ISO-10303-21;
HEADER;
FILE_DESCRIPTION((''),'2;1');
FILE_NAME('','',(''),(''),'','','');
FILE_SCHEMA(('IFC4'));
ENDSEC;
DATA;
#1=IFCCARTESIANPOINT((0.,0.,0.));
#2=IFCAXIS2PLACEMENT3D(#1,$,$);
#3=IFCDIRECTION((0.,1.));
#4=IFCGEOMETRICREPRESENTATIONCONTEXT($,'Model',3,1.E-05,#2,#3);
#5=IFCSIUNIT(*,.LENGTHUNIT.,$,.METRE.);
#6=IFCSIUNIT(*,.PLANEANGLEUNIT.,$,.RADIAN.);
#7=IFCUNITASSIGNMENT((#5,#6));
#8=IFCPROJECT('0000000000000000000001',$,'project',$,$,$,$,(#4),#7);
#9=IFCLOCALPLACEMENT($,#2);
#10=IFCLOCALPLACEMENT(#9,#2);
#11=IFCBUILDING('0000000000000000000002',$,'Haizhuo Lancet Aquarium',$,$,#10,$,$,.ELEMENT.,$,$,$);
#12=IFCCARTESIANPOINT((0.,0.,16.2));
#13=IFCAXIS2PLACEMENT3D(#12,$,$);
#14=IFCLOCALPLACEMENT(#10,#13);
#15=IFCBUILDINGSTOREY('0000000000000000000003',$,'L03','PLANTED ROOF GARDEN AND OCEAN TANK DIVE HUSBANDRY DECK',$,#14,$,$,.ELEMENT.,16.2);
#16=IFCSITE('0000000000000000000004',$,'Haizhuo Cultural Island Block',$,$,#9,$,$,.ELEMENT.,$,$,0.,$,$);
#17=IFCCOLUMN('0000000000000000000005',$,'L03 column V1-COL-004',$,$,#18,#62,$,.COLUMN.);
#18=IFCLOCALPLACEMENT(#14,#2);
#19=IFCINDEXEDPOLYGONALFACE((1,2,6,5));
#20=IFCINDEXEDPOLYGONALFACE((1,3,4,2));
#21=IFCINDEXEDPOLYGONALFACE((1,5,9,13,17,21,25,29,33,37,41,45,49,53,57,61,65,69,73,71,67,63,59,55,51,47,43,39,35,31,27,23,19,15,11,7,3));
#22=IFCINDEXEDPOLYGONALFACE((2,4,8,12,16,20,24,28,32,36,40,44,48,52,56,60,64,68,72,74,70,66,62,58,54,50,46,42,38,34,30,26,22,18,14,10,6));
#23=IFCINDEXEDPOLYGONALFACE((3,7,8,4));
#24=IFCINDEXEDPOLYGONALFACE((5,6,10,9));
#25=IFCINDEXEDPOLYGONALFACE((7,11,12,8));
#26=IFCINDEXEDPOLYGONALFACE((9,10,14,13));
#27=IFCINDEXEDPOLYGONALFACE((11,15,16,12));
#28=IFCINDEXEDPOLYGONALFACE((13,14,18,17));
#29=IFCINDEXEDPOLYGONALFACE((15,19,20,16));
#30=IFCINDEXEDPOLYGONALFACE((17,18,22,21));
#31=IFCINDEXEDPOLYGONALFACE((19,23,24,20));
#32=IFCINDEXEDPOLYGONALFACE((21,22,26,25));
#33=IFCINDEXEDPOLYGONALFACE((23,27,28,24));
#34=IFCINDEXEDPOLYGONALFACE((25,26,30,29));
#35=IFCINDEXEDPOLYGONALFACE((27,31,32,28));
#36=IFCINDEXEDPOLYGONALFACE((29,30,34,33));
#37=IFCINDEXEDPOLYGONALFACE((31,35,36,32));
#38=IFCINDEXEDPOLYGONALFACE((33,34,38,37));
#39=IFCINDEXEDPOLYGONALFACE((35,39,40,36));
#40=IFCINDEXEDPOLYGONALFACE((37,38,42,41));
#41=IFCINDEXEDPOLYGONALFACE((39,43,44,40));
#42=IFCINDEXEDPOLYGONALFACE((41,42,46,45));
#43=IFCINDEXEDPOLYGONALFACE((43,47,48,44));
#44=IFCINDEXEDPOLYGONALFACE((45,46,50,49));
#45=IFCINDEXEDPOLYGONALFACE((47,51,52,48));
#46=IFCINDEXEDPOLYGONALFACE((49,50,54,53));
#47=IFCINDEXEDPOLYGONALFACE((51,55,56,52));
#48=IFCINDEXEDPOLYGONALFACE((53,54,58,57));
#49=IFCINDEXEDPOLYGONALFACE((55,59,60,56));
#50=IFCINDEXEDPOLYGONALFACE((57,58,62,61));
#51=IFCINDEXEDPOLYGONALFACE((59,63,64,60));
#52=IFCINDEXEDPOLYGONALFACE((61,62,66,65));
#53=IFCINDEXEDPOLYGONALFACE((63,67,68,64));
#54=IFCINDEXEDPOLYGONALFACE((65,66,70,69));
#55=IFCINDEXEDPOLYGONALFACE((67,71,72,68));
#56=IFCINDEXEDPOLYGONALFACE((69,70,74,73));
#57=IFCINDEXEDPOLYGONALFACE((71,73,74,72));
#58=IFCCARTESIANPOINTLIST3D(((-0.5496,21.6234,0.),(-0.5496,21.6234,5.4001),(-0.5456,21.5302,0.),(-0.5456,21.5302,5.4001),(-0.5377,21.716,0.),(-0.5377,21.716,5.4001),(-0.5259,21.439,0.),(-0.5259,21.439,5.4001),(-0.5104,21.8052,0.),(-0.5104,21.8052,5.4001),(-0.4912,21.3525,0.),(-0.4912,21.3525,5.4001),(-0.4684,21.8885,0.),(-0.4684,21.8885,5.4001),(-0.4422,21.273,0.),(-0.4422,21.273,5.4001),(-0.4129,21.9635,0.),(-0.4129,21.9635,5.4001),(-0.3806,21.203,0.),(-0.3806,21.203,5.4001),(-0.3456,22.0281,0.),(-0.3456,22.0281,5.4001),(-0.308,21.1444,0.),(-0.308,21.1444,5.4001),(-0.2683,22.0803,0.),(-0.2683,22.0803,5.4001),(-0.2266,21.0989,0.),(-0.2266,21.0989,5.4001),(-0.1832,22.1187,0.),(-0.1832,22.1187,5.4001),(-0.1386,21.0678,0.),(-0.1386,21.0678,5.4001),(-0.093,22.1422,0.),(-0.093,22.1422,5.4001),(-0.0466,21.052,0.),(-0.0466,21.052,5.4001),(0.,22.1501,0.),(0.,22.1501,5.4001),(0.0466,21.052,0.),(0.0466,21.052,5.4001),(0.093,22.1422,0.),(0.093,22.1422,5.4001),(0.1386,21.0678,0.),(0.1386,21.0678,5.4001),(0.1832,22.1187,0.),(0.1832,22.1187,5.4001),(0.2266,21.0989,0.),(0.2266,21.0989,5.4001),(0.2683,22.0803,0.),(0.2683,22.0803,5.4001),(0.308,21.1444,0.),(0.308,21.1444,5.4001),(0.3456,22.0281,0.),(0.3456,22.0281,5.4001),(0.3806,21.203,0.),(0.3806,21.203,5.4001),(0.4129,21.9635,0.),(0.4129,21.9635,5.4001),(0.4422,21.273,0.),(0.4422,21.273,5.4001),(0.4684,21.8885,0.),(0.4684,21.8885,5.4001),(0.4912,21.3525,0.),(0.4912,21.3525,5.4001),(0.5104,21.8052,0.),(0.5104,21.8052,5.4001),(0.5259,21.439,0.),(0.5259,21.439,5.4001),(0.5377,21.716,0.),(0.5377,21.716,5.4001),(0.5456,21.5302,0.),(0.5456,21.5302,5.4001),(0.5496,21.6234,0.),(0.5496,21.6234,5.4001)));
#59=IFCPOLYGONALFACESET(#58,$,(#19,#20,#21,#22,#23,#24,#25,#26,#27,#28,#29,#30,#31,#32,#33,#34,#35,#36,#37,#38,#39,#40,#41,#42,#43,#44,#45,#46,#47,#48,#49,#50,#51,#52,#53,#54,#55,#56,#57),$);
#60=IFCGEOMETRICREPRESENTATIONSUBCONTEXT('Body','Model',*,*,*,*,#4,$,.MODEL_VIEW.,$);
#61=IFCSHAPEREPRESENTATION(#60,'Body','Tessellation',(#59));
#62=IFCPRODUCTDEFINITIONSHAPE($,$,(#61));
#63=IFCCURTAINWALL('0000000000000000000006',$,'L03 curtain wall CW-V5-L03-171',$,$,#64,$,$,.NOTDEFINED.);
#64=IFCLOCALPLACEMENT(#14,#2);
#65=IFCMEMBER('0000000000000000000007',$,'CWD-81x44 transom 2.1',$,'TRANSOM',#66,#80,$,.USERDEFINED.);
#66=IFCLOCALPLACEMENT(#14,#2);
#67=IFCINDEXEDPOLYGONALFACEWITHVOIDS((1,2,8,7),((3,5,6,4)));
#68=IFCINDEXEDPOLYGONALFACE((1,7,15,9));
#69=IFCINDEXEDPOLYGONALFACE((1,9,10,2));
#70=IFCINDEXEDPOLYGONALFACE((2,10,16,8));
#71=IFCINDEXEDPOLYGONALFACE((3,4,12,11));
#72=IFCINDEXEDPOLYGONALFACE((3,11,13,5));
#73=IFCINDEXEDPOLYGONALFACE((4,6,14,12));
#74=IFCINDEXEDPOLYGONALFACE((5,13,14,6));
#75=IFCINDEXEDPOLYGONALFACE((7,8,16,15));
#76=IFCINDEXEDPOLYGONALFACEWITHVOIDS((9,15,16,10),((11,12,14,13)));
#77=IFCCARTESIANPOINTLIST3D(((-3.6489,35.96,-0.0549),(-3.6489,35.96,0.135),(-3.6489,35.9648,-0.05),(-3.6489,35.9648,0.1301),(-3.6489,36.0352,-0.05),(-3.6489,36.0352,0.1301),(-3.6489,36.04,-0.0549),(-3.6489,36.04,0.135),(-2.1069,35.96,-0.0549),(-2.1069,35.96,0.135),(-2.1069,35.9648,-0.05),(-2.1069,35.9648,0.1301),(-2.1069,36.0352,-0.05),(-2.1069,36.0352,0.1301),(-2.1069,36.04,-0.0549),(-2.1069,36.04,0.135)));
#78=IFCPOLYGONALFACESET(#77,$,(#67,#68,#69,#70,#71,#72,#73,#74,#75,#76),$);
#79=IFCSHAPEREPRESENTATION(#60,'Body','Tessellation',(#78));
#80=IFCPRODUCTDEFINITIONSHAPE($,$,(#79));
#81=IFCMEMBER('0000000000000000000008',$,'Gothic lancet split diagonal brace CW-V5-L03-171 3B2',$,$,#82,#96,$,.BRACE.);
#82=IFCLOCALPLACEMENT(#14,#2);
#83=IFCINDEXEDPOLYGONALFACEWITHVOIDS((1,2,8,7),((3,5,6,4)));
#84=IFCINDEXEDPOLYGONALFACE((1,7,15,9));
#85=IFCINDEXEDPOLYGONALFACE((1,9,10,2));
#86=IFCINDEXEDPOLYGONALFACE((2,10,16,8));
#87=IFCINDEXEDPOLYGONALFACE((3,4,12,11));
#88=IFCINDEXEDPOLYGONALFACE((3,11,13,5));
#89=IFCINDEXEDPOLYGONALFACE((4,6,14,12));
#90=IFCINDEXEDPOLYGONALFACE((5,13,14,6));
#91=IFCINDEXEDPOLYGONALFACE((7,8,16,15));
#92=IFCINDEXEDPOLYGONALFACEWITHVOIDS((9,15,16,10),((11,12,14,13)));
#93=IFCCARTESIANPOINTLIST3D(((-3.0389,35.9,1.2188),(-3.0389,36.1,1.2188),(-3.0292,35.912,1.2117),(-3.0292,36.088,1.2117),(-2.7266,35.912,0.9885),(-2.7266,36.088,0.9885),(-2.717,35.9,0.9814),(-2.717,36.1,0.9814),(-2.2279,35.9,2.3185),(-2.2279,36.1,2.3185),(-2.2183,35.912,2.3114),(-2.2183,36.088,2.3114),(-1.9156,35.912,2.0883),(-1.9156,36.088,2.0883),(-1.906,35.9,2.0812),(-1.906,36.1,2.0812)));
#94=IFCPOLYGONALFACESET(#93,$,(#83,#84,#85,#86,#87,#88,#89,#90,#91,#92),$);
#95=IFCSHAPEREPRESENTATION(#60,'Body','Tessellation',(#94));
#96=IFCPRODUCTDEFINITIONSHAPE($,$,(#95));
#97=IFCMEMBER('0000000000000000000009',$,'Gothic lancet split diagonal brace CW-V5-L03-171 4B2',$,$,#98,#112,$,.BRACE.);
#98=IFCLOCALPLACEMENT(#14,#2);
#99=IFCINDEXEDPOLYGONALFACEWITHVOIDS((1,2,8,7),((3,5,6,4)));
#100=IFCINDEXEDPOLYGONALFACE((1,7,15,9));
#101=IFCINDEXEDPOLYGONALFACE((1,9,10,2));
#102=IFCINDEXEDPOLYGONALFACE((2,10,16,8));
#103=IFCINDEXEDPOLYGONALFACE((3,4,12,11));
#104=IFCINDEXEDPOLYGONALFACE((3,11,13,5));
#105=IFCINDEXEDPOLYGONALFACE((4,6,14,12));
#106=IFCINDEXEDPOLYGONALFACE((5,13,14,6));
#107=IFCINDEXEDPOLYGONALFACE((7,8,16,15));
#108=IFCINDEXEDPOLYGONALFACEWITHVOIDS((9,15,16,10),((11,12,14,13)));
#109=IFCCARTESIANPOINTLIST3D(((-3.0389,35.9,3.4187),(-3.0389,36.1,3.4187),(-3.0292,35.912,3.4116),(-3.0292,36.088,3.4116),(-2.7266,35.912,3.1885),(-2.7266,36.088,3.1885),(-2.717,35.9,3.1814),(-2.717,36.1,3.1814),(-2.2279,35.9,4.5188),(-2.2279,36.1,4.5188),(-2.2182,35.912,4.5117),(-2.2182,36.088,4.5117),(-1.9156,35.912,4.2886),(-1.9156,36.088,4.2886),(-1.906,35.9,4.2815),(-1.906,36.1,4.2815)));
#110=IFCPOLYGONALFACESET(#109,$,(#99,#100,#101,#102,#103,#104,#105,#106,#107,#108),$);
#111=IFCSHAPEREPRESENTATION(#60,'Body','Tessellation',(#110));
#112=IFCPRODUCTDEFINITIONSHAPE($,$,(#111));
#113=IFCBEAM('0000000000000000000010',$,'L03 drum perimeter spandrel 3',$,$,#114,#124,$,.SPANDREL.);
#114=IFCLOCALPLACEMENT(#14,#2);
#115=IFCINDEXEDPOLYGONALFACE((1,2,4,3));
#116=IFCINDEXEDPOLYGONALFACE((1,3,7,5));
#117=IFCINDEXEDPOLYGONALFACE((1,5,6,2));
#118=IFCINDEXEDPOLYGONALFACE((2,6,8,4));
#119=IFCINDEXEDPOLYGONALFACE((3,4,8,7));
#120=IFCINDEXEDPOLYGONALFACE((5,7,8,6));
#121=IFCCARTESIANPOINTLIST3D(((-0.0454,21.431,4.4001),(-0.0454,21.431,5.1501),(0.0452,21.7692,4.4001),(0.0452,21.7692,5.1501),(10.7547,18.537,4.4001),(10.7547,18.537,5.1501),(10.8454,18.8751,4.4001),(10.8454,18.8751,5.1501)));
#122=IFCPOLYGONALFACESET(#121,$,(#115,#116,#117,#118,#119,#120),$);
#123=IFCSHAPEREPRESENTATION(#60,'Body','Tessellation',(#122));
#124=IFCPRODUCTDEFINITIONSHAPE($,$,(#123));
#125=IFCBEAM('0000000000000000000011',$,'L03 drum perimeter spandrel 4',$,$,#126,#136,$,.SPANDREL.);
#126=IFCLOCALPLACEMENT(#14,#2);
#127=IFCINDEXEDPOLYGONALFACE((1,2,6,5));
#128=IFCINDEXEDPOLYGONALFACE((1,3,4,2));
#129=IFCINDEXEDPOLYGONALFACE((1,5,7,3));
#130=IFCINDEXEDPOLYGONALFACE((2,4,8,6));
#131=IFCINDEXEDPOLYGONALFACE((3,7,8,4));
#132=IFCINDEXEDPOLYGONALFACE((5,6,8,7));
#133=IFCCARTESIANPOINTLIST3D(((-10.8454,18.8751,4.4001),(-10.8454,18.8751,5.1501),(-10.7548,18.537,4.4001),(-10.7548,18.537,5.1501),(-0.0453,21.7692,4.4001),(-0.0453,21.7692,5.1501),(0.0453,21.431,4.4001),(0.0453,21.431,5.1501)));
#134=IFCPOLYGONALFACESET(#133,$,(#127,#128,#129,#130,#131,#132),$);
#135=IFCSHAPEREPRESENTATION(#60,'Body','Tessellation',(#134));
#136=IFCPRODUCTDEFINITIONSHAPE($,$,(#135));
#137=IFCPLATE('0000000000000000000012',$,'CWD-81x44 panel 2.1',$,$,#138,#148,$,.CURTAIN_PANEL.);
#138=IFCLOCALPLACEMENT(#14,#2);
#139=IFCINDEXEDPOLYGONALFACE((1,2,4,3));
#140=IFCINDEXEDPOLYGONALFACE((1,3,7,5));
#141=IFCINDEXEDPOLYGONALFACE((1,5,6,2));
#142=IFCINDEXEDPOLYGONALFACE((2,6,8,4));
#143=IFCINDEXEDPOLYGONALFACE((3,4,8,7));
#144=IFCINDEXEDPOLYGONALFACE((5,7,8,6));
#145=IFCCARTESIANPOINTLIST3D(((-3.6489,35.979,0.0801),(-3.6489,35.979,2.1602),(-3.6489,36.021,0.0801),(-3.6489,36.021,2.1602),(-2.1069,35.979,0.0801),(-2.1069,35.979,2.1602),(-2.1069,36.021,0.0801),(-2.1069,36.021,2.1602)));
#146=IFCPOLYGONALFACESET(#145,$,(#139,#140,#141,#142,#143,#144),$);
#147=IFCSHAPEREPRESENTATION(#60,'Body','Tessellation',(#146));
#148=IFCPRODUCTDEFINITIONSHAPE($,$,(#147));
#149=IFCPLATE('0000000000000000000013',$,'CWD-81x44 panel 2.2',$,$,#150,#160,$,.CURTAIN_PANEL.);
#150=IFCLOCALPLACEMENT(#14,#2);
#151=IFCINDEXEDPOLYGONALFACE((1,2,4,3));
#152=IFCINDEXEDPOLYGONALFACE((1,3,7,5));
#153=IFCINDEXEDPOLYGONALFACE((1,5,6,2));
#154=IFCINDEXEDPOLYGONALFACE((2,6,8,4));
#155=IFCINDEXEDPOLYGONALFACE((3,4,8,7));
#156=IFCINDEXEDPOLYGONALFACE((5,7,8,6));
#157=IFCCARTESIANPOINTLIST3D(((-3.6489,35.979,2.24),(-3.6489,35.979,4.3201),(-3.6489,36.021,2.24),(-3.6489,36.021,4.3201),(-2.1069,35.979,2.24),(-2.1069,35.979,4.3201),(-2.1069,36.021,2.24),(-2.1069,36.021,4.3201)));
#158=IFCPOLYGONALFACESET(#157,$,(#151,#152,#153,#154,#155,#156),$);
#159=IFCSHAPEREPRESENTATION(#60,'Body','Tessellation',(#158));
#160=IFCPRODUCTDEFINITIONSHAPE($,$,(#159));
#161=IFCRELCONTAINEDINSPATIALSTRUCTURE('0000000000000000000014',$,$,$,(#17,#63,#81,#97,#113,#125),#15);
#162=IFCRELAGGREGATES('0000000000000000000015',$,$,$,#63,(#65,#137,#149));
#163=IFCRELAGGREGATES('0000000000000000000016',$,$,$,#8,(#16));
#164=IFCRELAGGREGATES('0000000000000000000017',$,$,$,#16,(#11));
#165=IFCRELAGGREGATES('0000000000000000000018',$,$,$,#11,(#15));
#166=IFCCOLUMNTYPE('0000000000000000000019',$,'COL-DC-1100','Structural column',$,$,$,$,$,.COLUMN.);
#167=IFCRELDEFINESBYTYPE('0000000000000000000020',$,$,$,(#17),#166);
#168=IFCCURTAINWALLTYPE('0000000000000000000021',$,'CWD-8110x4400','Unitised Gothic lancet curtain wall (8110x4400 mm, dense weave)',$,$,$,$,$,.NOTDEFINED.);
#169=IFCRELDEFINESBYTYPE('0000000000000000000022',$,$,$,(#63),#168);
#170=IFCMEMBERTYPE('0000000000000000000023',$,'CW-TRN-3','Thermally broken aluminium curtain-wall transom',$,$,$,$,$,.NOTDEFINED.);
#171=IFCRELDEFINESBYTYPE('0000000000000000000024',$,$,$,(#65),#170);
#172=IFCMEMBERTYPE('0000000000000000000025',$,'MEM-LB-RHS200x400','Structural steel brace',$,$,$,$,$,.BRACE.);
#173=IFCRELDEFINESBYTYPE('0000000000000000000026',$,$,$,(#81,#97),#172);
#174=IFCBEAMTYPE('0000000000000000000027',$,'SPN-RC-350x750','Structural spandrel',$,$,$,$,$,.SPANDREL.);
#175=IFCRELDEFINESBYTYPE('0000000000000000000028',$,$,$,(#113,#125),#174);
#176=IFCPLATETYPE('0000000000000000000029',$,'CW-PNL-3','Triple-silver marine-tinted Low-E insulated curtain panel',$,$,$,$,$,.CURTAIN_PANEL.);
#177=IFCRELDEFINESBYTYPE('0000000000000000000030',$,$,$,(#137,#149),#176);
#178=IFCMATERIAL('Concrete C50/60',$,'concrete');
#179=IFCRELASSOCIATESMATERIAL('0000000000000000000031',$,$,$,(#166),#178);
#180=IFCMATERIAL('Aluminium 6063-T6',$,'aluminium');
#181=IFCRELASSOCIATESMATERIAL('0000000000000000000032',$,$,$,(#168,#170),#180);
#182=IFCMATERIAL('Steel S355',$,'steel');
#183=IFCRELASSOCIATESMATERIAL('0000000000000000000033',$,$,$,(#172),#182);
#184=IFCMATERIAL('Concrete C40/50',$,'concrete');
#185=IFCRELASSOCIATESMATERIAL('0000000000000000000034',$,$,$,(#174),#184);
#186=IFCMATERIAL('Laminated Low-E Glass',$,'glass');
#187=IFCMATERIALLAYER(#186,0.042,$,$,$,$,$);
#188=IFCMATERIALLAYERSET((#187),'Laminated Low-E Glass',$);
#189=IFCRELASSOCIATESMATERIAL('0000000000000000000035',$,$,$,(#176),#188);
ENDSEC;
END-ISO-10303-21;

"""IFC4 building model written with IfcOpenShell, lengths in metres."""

from ifc_helpers import new_model, si_unit, direction, frame, origin, origin_2d, place, context, subcontext, project, spatial, rectangle, hollow_rectangle, circle, extrude, material, layer, layer_set, material_profile, profile_set, type_object, element, aggregate, save


model = new_model("IFC4")

# Units and contexts
model_context = context("Model", 3, precision=1e-05, world=origin(), true_north=direction((0.0, 1.0)))
body_context = subcontext(model_context, "Body", "Model", "MODEL_VIEW")
ifc_project = project(units=[si_unit("LENGTHUNIT", "METRE"), si_unit("PLANEANGLEUNIT", "RADIAN")], contexts=[model_context])

# Site, building, storey
site_placement = place(None, origin())
site = spatial("IfcSite", under=ifc_project, at=site_placement, Name="Haizhuo Cultural Island Block", CompositionType="ELEMENT", RefElevation=0.0)
building_placement = place(site_placement, origin())
building = spatial("IfcBuilding", under=site, at=building_placement, Name="Haizhuo Lancet Aquarium", CompositionType="ELEMENT")
storey_placement = place(building_placement, frame((0.0, 0.0, 16.2)))
storey = spatial("IfcBuildingStorey", under=building, at=storey_placement, Name="L03", Description="PLANTED ROOF GARDEN AND OCEAN TANK DIVE HUSBANDRY DECK", CompositionType="ELEMENT", Elevation=16.2)

# Column
ifc_material_1 = material(Name="Concrete C50/60", Category="concrete")
ifc_material_profile_1 = material_profile(ifc_material_1, circle(Radius=0.55, at=origin_2d()), Name="RC-DC 1100")
ifc_profile_set_1 = profile_set([ifc_material_profile_1], Name="Concrete C50/60")
column_type = type_object("IfcColumnType", Name="COL-DC-1100", Description="Structural column", PredefinedType="COLUMN", material=ifc_profile_set_1)
for number, where, z_axis, x_axis, name in (
    (1, (0.0, 21.6001, 0.0), (0.0, 0.0, 1.0), (0.0, 1.0, 0.0), "L03 column V1-COL-004"),
):
    element("IfcColumn", number, at=place(storey_placement, frame(where, z_axis=z_axis, x_axis=x_axis)), inside=storey, type_object=column_type, Name=name, PredefinedType="COLUMN", context=body_context, shape_type="SweptSolid", body=[
        extrude(circle(Radius=0.55, at=origin_2d()), origin(), (0.0, 0.0, 1.0), 5.4001),
    ])

# Curtain wall, member
ifc_material_2 = material(Name="Aluminium 6063-T6", Category="aluminium")
curtain_wall_type = type_object("IfcCurtainWallType", Name="CWD-8110x4400", Description="Unitised Gothic lancet curtain wall (8110x4400 mm, dense weave)", PredefinedType="NOTDEFINED", material=ifc_material_2)
curtain_wall_placement = place(storey_placement, origin())
curtain_wall = element("IfcCurtainWall", 2, at=curtain_wall_placement, inside=storey, type_object=curtain_wall_type, Name="L03 curtain wall CW-V5-L03-171", PredefinedType="NOTDEFINED")
ifc_material_profile_2 = material_profile(ifc_material_2, hollow_rectangle(XDim=0.0801, YDim=0.1899, WallThickness=0.0049, at=origin_2d()), Name="ALU-T 80x190x5")
ifc_profile_set_2 = profile_set([ifc_material_profile_2], Name="Aluminium 6063-T6")
member_type_1 = type_object("IfcMemberType", Name="CW-TRN-3", Description="Thermally broken aluminium curtain-wall transom", PredefinedType="NOTDEFINED", material=ifc_profile_set_2)
member_1_placement = place(storey_placement, frame((-2.1069, 36.0, 0.04), z_axis=(-1.0, 0.0, 0.0), x_axis=(0.0, -1.0, 0.0)))
member_1 = element("IfcMember", 3, at=member_1_placement, type_object=member_type_1, Name="CWD-81x44 transom 2.1", ObjectType="TRANSOM", PredefinedType="USERDEFINED", context=body_context, shape_type="SweptSolid", body=[
    extrude(hollow_rectangle(XDim=0.0801, YDim=0.1899, WallThickness=0.0049, at=origin_2d()), origin(), (0.0, 0.0, 1.0), 1.542),
])

# Members
ifc_material_3 = material(Name="Steel S355", Category="steel")
ifc_material_profile_3 = material_profile(ifc_material_3, hollow_rectangle(XDim=0.2, YDim=0.3999, WallThickness=0.012, at=origin_2d()), Name="RHS 200x400x12")
ifc_profile_set_3 = profile_set([ifc_material_profile_3], Name="Steel S355")
member_type_2 = type_object("IfcMemberType", Name="MEM-LB-RHS200x400", Description="Structural steel brace", PredefinedType="BRACE", material=ifc_profile_set_3)
member_2_placement = place(storey_placement, frame((-2.8779, 36.0, 1.1001), z_axis=(0.593492, 0.0, 0.80484), x_axis=(0.0, 1.0, 0.0)))
element("IfcMember", 4, at=member_2_placement, inside=storey, type_object=member_type_2, Name="Gothic lancet split diagonal brace CW-V5-L03-171 3B2", PredefinedType="BRACE", context=body_context, shape_type="SweptSolid", body=[
    extrude(hollow_rectangle(XDim=0.2, YDim=0.3999, WallThickness=0.012, at=origin_2d()), origin(), (0.0, 0.0, 1.0), 1.3665),
])
member_3_placement = place(storey_placement, frame((-2.8779, 36.0, 3.3), z_axis=(0.593406, 0.0, 0.804903), x_axis=(0.0, 1.0, 0.0)))
element("IfcMember", 5, at=member_3_placement, inside=storey, type_object=member_type_2, Name="Gothic lancet split diagonal brace CW-V5-L03-171 4B2", PredefinedType="BRACE", context=body_context, shape_type="SweptSolid", body=[
    extrude(hollow_rectangle(XDim=0.2, YDim=0.3999, WallThickness=0.012, at=origin_2d()), origin(), (0.0, 0.0, 1.0), 1.3667),
])

# Beams
ifc_material_4 = material(Name="Concrete C40/50", Category="concrete")
ifc_material_profile_4 = material_profile(ifc_material_4, rectangle(XDim=0.3501, YDim=0.75, at=origin_2d()), Name="RC-SP 350x750")
ifc_profile_set_4 = profile_set([ifc_material_profile_4], Name="Concrete C40/50")
beam_type = type_object("IfcBeamType", Name="SPN-RC-350x750", Description="Structural spandrel", PredefinedType="SPANDREL", material=ifc_profile_set_4)
for number, where, z_axis, x_axis, name in (
    (6, (10.8, 18.7061, 4.7751), (-0.965922, 0.258834, 0.0), (-0.258834, -0.965922, 0.0), "L03 drum perimeter spandrel 3"),
    (7, (0.0, 21.6001, 4.7751), (-0.965922, -0.258834, 0.0), (0.258834, -0.965922, 0.0), "L03 drum perimeter spandrel 4"),
):
    element("IfcBeam", number, at=place(storey_placement, frame(where, z_axis=z_axis, x_axis=x_axis)), inside=storey, type_object=beam_type, Name=name, PredefinedType="SPANDREL", context=body_context, shape_type="SweptSolid", body=[
        extrude(rectangle(XDim=0.3501, YDim=0.75, at=origin_2d()), origin(), (0.0, 0.0, 1.0), 11.1812),
    ])

# Plates
ifc_material_5 = material(Name="Laminated Low-E Glass", Category="glass")
ifc_layer_1 = layer(ifc_material_5, 0.042)
ifc_layer_set_1 = layer_set([ifc_layer_1], Name="Laminated Low-E Glass")
plate_type = type_object("IfcPlateType", Name="CW-PNL-3", Description="Triple-silver marine-tinted Low-E insulated curtain panel", PredefinedType="CURTAIN_PANEL", material=ifc_layer_set_1)
plate_1_placement = place(storey_placement, frame((-2.8779, 36.0, 0.0801), z_axis=(0.0, 0.0, 1.0), x_axis=(-1.0, 0.0, 0.0)))
plate_1 = element("IfcPlate", 8, at=plate_1_placement, type_object=plate_type, Name="CWD-81x44 panel 2.1", PredefinedType="CURTAIN_PANEL", context=body_context, shape_type="SweptSolid", body=[
    extrude(rectangle(XDim=1.542, YDim=0.042, at=origin_2d()), origin(), (0.0, 0.0, 1.0), 2.0801),
])
plate_2_placement = place(storey_placement, frame((-2.8779, 36.0, 2.24), z_axis=(0.0, 0.0, 1.0), x_axis=(-1.0, 0.0, 0.0)))
plate_2 = element("IfcPlate", 9, at=plate_2_placement, type_object=plate_type, Name="CWD-81x44 panel 2.2", PredefinedType="CURTAIN_PANEL", context=body_context, shape_type="SweptSolid", body=[
    extrude(rectangle(XDim=1.542, YDim=0.042, at=origin_2d()), origin(), (0.0, 0.0, 1.0), 2.0801),
])
aggregate(curtain_wall, [member_1, plate_1, plate_2])

save(model, "model.ifc")
